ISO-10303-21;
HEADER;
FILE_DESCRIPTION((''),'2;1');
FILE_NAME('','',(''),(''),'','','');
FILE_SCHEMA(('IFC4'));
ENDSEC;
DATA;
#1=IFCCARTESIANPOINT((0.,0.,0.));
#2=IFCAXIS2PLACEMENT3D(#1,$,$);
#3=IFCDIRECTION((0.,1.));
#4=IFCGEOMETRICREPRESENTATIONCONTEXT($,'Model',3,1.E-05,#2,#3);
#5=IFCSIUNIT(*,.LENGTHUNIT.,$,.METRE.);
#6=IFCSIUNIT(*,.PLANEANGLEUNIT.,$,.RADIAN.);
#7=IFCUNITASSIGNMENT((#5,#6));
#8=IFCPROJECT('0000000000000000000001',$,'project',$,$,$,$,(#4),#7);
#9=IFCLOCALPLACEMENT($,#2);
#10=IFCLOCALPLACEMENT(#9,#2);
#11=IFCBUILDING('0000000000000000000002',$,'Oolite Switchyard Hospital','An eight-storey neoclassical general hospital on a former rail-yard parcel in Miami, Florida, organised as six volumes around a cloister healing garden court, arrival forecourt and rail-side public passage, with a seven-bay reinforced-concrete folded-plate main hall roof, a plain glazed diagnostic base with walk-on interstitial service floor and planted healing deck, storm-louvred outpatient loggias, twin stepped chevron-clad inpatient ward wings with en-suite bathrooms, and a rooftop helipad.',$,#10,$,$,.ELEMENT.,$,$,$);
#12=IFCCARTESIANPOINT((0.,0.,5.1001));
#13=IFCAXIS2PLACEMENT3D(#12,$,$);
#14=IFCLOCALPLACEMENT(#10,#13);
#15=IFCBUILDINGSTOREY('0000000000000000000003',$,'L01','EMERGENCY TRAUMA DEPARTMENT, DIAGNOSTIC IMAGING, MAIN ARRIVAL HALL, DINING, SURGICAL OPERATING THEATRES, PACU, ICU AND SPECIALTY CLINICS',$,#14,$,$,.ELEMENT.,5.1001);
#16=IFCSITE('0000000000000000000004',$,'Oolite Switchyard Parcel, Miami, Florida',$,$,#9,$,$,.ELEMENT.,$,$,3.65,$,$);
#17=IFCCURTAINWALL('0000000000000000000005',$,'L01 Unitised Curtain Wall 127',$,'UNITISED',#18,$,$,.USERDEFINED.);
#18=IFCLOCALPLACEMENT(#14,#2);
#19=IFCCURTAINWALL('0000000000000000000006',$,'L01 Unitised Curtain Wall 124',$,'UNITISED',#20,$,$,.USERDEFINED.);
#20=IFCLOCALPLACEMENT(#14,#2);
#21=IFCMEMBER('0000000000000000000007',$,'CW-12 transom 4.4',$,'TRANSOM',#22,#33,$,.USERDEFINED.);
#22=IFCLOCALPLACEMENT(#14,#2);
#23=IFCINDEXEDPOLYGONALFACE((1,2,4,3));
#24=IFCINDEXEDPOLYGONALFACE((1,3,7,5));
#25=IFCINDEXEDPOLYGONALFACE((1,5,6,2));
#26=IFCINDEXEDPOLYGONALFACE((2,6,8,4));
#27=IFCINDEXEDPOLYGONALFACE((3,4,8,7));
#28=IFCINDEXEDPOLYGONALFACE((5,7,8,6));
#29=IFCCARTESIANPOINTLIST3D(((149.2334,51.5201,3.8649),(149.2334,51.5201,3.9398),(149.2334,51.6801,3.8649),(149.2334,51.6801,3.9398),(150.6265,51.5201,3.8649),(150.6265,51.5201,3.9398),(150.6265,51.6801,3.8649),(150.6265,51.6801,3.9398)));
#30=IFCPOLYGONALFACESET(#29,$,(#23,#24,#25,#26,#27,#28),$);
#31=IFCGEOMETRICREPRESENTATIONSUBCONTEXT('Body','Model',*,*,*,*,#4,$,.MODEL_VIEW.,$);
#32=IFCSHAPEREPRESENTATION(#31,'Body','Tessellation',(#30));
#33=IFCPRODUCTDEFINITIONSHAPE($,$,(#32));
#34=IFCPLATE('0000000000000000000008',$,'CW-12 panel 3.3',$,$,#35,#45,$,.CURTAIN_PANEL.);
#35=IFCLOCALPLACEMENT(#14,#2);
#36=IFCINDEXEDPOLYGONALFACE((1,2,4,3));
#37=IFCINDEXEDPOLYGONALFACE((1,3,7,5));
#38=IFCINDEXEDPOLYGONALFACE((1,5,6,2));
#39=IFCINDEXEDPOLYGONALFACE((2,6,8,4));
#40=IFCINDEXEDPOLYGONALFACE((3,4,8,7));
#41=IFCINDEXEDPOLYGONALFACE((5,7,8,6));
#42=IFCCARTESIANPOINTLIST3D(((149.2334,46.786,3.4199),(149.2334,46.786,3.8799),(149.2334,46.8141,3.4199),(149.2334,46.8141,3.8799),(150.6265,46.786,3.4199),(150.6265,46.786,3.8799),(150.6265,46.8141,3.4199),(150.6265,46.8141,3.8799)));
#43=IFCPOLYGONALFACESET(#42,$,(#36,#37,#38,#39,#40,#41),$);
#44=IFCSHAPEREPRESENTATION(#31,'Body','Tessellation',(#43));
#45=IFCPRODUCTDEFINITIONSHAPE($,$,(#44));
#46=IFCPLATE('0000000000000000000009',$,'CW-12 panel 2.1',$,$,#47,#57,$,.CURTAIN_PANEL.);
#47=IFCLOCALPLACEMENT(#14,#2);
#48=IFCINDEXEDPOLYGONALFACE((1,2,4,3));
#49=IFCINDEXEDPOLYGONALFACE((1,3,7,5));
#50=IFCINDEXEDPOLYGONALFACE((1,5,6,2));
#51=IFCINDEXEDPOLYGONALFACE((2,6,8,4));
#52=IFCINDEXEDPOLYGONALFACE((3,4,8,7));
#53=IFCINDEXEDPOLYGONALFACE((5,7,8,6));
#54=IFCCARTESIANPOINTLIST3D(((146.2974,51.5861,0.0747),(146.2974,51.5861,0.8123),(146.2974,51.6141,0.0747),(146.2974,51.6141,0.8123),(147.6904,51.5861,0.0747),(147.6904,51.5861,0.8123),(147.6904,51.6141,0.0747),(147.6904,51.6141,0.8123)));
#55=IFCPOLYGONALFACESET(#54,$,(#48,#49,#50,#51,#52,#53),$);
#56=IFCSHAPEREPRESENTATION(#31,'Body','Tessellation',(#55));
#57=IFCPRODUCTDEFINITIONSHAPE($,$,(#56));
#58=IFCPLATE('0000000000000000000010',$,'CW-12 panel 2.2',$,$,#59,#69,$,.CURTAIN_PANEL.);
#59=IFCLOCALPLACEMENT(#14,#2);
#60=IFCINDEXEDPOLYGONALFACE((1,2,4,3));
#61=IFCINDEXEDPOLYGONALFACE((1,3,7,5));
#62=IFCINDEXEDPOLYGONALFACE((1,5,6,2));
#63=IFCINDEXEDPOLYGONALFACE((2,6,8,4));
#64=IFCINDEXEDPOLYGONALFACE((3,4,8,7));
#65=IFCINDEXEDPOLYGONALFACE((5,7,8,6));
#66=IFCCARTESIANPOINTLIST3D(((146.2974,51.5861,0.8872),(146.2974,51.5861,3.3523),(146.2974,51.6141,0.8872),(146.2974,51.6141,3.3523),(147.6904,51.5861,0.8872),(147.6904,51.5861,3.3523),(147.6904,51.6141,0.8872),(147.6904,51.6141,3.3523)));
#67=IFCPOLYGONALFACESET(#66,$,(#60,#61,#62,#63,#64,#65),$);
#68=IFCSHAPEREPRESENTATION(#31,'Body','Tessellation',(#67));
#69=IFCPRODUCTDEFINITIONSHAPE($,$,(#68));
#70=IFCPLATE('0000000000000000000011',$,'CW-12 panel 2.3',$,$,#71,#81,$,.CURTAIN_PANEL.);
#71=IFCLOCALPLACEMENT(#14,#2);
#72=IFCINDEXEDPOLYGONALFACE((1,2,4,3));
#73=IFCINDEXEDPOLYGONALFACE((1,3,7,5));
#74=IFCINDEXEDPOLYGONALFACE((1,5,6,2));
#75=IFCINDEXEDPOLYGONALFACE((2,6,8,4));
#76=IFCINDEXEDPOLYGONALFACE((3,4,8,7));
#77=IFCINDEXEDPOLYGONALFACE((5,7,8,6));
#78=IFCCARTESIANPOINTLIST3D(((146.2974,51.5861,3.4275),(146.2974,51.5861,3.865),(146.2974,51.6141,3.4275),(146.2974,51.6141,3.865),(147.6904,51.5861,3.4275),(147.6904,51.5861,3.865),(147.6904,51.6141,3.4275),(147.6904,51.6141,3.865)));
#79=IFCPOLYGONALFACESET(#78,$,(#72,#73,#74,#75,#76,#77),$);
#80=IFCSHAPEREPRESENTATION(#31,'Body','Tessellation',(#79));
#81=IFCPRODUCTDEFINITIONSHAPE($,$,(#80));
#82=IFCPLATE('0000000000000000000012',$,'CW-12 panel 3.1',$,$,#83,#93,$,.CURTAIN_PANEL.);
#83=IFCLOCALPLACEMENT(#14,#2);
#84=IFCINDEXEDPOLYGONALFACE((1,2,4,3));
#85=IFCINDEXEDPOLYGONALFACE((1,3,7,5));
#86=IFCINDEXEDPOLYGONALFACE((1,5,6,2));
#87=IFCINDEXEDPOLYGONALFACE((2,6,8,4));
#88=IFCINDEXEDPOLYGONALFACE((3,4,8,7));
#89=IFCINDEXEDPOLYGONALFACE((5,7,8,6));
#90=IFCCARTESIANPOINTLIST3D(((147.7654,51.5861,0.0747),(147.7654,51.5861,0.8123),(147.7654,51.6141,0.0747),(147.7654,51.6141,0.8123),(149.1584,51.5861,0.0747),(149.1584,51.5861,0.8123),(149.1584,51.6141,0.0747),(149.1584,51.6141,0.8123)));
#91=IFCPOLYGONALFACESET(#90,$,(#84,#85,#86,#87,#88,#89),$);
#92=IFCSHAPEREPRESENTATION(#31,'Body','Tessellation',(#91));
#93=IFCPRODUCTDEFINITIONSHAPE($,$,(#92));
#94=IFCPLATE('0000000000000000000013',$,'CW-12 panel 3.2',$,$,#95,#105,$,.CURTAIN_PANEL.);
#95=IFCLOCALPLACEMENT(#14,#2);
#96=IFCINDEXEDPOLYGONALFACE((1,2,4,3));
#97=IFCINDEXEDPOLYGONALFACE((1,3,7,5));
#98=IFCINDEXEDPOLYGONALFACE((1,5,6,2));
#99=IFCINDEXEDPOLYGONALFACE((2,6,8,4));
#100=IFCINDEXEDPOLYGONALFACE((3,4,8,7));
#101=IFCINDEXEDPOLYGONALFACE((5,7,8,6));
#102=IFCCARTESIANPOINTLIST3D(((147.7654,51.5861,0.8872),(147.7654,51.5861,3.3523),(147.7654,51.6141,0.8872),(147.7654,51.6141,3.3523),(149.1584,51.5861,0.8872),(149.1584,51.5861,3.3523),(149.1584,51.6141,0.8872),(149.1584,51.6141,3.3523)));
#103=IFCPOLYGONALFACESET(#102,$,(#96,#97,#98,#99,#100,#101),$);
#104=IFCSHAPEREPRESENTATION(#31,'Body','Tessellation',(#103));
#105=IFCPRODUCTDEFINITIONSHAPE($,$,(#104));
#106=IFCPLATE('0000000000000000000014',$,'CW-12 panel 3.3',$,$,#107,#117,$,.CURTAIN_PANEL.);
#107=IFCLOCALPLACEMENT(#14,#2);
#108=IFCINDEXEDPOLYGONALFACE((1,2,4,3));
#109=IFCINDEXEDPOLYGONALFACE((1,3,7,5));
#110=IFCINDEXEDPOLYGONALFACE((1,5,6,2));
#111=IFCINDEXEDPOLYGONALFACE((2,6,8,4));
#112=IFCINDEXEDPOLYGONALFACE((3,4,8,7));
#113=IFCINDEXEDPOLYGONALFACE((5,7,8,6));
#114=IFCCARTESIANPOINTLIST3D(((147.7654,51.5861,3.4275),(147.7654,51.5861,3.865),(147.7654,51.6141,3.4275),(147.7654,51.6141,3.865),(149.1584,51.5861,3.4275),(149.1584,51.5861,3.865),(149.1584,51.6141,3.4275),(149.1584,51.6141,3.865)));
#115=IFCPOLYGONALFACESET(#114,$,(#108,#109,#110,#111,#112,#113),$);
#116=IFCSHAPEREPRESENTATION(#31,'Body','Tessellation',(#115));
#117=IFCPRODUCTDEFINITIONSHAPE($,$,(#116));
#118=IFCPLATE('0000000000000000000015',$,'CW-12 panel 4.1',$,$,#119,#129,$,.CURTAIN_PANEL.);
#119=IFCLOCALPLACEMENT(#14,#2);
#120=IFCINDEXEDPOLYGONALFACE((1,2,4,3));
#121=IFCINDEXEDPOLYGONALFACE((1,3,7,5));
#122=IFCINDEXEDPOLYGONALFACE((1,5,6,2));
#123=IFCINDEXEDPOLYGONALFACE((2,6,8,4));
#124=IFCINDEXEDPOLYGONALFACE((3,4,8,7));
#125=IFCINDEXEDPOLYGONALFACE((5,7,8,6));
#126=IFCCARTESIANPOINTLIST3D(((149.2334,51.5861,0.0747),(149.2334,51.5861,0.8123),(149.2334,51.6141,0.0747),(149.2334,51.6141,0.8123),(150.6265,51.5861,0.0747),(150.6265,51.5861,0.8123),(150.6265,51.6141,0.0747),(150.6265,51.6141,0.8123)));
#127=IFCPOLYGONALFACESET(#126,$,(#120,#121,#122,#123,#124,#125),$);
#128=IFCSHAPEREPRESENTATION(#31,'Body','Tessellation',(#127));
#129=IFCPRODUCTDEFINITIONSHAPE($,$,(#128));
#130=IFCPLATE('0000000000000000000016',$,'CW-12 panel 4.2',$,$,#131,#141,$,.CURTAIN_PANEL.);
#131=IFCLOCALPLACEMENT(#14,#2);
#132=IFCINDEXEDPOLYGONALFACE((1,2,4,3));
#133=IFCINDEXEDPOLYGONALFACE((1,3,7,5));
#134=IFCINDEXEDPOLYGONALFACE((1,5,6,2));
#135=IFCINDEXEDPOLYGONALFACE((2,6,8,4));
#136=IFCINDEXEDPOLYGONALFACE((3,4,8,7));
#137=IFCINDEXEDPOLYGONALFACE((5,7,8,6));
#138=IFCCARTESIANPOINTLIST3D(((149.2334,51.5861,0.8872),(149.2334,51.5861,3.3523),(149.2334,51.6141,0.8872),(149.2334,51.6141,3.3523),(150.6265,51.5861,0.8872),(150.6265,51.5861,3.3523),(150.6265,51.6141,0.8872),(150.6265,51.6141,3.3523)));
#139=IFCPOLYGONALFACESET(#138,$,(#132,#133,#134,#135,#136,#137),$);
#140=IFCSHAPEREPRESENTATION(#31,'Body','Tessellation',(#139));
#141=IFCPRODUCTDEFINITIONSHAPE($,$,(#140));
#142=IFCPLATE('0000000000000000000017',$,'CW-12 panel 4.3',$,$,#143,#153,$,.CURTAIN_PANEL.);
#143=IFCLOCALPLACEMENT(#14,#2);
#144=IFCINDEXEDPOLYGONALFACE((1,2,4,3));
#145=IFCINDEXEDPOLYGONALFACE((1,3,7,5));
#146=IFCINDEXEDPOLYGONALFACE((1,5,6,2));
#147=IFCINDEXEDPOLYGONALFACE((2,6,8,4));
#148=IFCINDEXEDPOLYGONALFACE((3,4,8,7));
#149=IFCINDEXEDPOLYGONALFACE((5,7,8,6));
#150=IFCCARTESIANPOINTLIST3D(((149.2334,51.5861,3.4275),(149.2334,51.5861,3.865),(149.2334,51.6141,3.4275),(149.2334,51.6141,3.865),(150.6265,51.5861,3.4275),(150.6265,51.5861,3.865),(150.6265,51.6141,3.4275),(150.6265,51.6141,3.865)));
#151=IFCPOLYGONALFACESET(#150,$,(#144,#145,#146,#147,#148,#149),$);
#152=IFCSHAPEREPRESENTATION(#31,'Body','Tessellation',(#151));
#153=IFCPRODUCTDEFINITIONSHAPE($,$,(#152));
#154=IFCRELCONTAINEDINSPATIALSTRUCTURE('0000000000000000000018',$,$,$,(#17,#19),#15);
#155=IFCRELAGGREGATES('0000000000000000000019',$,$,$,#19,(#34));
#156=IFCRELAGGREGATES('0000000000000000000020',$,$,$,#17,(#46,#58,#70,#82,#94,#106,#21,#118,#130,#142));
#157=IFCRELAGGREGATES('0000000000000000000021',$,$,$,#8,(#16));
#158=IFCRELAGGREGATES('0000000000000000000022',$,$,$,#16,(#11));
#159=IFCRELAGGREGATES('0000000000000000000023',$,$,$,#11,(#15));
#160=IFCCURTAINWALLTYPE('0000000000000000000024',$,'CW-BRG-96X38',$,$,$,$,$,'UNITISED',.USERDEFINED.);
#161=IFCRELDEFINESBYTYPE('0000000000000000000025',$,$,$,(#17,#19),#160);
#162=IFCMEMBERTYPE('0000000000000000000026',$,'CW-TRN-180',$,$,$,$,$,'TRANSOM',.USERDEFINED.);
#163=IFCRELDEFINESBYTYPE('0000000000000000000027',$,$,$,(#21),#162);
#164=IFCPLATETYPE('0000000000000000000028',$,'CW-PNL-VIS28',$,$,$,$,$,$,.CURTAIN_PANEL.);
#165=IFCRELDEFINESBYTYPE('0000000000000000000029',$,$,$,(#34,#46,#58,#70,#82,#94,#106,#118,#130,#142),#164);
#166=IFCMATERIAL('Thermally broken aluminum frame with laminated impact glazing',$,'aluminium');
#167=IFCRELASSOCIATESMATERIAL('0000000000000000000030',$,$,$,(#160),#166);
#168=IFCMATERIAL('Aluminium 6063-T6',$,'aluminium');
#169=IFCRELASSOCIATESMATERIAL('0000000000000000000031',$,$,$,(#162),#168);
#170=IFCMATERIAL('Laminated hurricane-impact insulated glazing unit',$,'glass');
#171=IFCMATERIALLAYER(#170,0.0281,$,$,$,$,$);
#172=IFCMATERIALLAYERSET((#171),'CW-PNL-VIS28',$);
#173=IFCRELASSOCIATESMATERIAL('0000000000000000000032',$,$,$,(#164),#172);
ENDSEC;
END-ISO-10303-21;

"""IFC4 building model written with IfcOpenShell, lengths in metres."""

from ifc_helpers import new_model, si_unit, direction, frame, origin, origin_2d, place, context, subcontext, project, spatial, rectangle, extrude, material, layer, layer_set, material_profile, profile_set, type_object, element, aggregate, save


model = new_model("IFC4")

# Units and contexts
model_context = context("Model", 3, precision=1e-05, world=origin(), true_north=direction((0.0, 1.0)))
body_context = subcontext(model_context, "Body", "Model", "MODEL_VIEW")
ifc_project = project(units=[si_unit("LENGTHUNIT", "METRE"), si_unit("PLANEANGLEUNIT", "RADIAN")], contexts=[model_context])

# Site, building, storey
site_placement = place(None, origin())
site = spatial("IfcSite", under=ifc_project, at=site_placement, Name="Oolite Switchyard Parcel, Miami, Florida", CompositionType="ELEMENT", RefElevation=3.65)
building_placement = place(site_placement, origin())
building = spatial("IfcBuilding", under=site, at=building_placement, Name="Oolite Switchyard Hospital", Description="An eight-storey neoclassical general hospital on a former rail-yard parcel in Miami, Florida, organised as six volumes around a cloister healing garden court, arrival forecourt and rail-side public passage, with a seven-bay reinforced-concrete folded-plate main hall roof, a plain glazed diagnostic base with walk-on interstitial service floor and planted healing deck, storm-louvred outpatient loggias, twin stepped chevron-clad inpatient ward wings with en-suite bathrooms, and a rooftop helipad.", CompositionType="ELEMENT")
storey_placement = place(building_placement, frame((0.0, 0.0, 5.1001)))
storey = spatial("IfcBuildingStorey", under=building, at=storey_placement, Name="L01", Description="EMERGENCY TRAUMA DEPARTMENT, DIAGNOSTIC IMAGING, MAIN ARRIVAL HALL, DINING, SURGICAL OPERATING THEATRES, PACU, ICU AND SPECIALTY CLINICS", CompositionType="ELEMENT", Elevation=5.1001)

# Curtain wall
ifc_material_1 = material(Name="Thermally broken aluminum frame with laminated impact glazing", Category="aluminium")
curtain_wall_type = type_object("IfcCurtainWallType", Name="CW-BRG-96X38", ElementType="UNITISED", PredefinedType="USERDEFINED", material=ifc_material_1)
curtain_wall_1_placement = place(storey_placement, origin())
curtain_wall_1 = element("IfcCurtainWall", 1, at=curtain_wall_1_placement, inside=storey, type_object=curtain_wall_type, Name="L01 Unitised Curtain Wall 127", ObjectType="UNITISED", PredefinedType="USERDEFINED")
ifc_material_2 = material(Name="Aluminium 6063-T6", Category="aluminium")

# Curtain wall
curtain_wall_2_placement = place(storey_placement, origin())
curtain_wall_2 = element("IfcCurtainWall", 2, at=curtain_wall_2_placement, inside=storey, type_object=curtain_wall_type, Name="L01 Unitised Curtain Wall 124", ObjectType="UNITISED", PredefinedType="USERDEFINED")

# Member
ifc_material_profile_1 = material_profile(ifc_material_2, rectangle(XDim=0.1599, YDim=0.075, at=origin_2d()), Name="CWT75X160")
ifc_profile_set_1 = profile_set([ifc_material_profile_1], Name="Aluminium 6063-T6")
member_type_1 = type_object("IfcMemberType", Name="CW-TRN-180", ElementType="TRANSOM", PredefinedType="USERDEFINED", material=ifc_profile_set_1)
member_1_placement = place(storey_placement, frame((149.2334, 51.6001, 3.9023), z_axis=(1.0, 0.0, 0.0), x_axis=(0.0, 1.0, 0.0)))
member_1 = element("IfcMember", 3, at=member_1_placement, type_object=member_type_1, Name="CW-12 transom 4.4", ObjectType="TRANSOM", PredefinedType="USERDEFINED", context=body_context, shape_type="SweptSolid", body=[
    extrude(rectangle(XDim=0.1599, YDim=0.075, at=origin_2d()), origin(), (0.0, 0.0, 1.0), 1.3931),
])

# Plates
ifc_material_3 = material(Name="Laminated hurricane-impact insulated glazing unit", Category="glass")
ifc_layer = layer(ifc_material_3, 0.0281)
ifc_layer_set = layer_set([ifc_layer], Name="CW-PNL-VIS28")
plate_type = type_object("IfcPlateType", Name="CW-PNL-VIS28", PredefinedType="CURTAIN_PANEL", material=ifc_layer_set)
plate_1_placement = place(storey_placement, frame((149.9299, 46.8, 3.4199), z_axis=(0.0, 0.0, 1.0), x_axis=(-1.0, 0.0, 0.0)))
plate_1 = element("IfcPlate", 4, at=plate_1_placement, type_object=plate_type, Name="CW-12 panel 3.3", PredefinedType="CURTAIN_PANEL", context=body_context, shape_type="SweptSolid", body=[
    extrude(rectangle(XDim=1.3931, YDim=0.0281, at=origin_2d()), origin(), (0.0, 0.0, 1.0), 0.46),
])
aggregate(curtain_wall_2, [plate_1])
plate_2_placement = place(storey_placement, frame((146.9939, 51.6001, 0.0747), z_axis=(0.0, 0.0, 1.0), x_axis=(1.0, 0.0, 0.0)))
plate_2 = element("IfcPlate", 5, at=plate_2_placement, type_object=plate_type, Name="CW-12 panel 2.1", PredefinedType="CURTAIN_PANEL", context=body_context, shape_type="SweptSolid", body=[
    extrude(rectangle(XDim=1.3931, YDim=0.0281, at=origin_2d()), origin(), (0.0, 0.0, 1.0), 0.7375),
])
plate_3_placement = place(storey_placement, frame((146.9939, 51.6001, 0.8872), z_axis=(0.0, 0.0, 1.0), x_axis=(1.0, 0.0, 0.0)))
plate_3 = element("IfcPlate", 6, at=plate_3_placement, type_object=plate_type, Name="CW-12 panel 2.2", PredefinedType="CURTAIN_PANEL", context=body_context, shape_type="SweptSolid", body=[
    extrude(rectangle(XDim=1.3931, YDim=0.0281, at=origin_2d()), origin(), (0.0, 0.0, 1.0), 2.4651),
])
plate_4_placement = place(storey_placement, frame((146.9939, 51.6001, 3.4275), z_axis=(0.0, 0.0, 1.0), x_axis=(1.0, 0.0, 0.0)))
plate_4 = element("IfcPlate", 7, at=plate_4_placement, type_object=plate_type, Name="CW-12 panel 2.3", PredefinedType="CURTAIN_PANEL", context=body_context, shape_type="SweptSolid", body=[
    extrude(rectangle(XDim=1.3931, YDim=0.0281, at=origin_2d()), origin(), (0.0, 0.0, 1.0), 0.4375),
])
plate_5_placement = place(storey_placement, frame((148.4619, 51.6001, 0.0747), z_axis=(0.0, 0.0, 1.0), x_axis=(1.0, 0.0, 0.0)))
plate_5 = element("IfcPlate", 8, at=plate_5_placement, type_object=plate_type, Name="CW-12 panel 3.1", PredefinedType="CURTAIN_PANEL", context=body_context, shape_type="SweptSolid", body=[
    extrude(rectangle(XDim=1.3931, YDim=0.0281, at=origin_2d()), origin(), (0.0, 0.0, 1.0), 0.7375),
])
plate_6_placement = place(storey_placement, frame((148.4619, 51.6001, 0.8872), z_axis=(0.0, 0.0, 1.0), x_axis=(1.0, 0.0, 0.0)))
plate_6 = element("IfcPlate", 9, at=plate_6_placement, type_object=plate_type, Name="CW-12 panel 3.2", PredefinedType="CURTAIN_PANEL", context=body_context, shape_type="SweptSolid", body=[
    extrude(rectangle(XDim=1.3931, YDim=0.0281, at=origin_2d()), origin(), (0.0, 0.0, 1.0), 2.4651),
])
plate_7_placement = place(storey_placement, frame((148.4619, 51.6001, 3.4275), z_axis=(0.0, 0.0, 1.0), x_axis=(1.0, 0.0, 0.0)))
plate_7 = element("IfcPlate", 10, at=plate_7_placement, type_object=plate_type, Name="CW-12 panel 3.3", PredefinedType="CURTAIN_PANEL", context=body_context, shape_type="SweptSolid", body=[
    extrude(rectangle(XDim=1.3931, YDim=0.0281, at=origin_2d()), origin(), (0.0, 0.0, 1.0), 0.4375),
])
plate_8_placement = place(storey_placement, frame((149.9299, 51.6001, 0.0747), z_axis=(0.0, 0.0, 1.0), x_axis=(1.0, 0.0, 0.0)))
plate_8 = element("IfcPlate", 11, at=plate_8_placement, type_object=plate_type, Name="CW-12 panel 4.1", PredefinedType="CURTAIN_PANEL", context=body_context, shape_type="SweptSolid", body=[
    extrude(rectangle(XDim=1.3931, YDim=0.0281, at=origin_2d()), origin(), (0.0, 0.0, 1.0), 0.7375),
])
plate_9_placement = place(storey_placement, frame((149.9299, 51.6001, 0.8872), z_axis=(0.0, 0.0, 1.0), x_axis=(1.0, 0.0, 0.0)))
plate_9 = element("IfcPlate", 12, at=plate_9_placement, type_object=plate_type, Name="CW-12 panel 4.2", PredefinedType="CURTAIN_PANEL", context=body_context, shape_type="SweptSolid", body=[
    extrude(rectangle(XDim=1.3931, YDim=0.0281, at=origin_2d()), origin(), (0.0, 0.0, 1.0), 2.4651),
])
plate_10_placement = place(storey_placement, frame((149.9299, 51.6001, 3.4275), z_axis=(0.0, 0.0, 1.0), x_axis=(1.0, 0.0, 0.0)))
plate_10 = element("IfcPlate", 13, at=plate_10_placement, type_object=plate_type, Name="CW-12 panel 4.3", PredefinedType="CURTAIN_PANEL", context=body_context, shape_type="SweptSolid", body=[
    extrude(rectangle(XDim=1.3931, YDim=0.0281, at=origin_2d()), origin(), (0.0, 0.0, 1.0), 0.4375),
])
aggregate(curtain_wall_1, [plate_2, plate_3, plate_4, plate_5, plate_6, plate_7, member_1, plate_8, plate_9, plate_10])

save(model, "model.ifc")
